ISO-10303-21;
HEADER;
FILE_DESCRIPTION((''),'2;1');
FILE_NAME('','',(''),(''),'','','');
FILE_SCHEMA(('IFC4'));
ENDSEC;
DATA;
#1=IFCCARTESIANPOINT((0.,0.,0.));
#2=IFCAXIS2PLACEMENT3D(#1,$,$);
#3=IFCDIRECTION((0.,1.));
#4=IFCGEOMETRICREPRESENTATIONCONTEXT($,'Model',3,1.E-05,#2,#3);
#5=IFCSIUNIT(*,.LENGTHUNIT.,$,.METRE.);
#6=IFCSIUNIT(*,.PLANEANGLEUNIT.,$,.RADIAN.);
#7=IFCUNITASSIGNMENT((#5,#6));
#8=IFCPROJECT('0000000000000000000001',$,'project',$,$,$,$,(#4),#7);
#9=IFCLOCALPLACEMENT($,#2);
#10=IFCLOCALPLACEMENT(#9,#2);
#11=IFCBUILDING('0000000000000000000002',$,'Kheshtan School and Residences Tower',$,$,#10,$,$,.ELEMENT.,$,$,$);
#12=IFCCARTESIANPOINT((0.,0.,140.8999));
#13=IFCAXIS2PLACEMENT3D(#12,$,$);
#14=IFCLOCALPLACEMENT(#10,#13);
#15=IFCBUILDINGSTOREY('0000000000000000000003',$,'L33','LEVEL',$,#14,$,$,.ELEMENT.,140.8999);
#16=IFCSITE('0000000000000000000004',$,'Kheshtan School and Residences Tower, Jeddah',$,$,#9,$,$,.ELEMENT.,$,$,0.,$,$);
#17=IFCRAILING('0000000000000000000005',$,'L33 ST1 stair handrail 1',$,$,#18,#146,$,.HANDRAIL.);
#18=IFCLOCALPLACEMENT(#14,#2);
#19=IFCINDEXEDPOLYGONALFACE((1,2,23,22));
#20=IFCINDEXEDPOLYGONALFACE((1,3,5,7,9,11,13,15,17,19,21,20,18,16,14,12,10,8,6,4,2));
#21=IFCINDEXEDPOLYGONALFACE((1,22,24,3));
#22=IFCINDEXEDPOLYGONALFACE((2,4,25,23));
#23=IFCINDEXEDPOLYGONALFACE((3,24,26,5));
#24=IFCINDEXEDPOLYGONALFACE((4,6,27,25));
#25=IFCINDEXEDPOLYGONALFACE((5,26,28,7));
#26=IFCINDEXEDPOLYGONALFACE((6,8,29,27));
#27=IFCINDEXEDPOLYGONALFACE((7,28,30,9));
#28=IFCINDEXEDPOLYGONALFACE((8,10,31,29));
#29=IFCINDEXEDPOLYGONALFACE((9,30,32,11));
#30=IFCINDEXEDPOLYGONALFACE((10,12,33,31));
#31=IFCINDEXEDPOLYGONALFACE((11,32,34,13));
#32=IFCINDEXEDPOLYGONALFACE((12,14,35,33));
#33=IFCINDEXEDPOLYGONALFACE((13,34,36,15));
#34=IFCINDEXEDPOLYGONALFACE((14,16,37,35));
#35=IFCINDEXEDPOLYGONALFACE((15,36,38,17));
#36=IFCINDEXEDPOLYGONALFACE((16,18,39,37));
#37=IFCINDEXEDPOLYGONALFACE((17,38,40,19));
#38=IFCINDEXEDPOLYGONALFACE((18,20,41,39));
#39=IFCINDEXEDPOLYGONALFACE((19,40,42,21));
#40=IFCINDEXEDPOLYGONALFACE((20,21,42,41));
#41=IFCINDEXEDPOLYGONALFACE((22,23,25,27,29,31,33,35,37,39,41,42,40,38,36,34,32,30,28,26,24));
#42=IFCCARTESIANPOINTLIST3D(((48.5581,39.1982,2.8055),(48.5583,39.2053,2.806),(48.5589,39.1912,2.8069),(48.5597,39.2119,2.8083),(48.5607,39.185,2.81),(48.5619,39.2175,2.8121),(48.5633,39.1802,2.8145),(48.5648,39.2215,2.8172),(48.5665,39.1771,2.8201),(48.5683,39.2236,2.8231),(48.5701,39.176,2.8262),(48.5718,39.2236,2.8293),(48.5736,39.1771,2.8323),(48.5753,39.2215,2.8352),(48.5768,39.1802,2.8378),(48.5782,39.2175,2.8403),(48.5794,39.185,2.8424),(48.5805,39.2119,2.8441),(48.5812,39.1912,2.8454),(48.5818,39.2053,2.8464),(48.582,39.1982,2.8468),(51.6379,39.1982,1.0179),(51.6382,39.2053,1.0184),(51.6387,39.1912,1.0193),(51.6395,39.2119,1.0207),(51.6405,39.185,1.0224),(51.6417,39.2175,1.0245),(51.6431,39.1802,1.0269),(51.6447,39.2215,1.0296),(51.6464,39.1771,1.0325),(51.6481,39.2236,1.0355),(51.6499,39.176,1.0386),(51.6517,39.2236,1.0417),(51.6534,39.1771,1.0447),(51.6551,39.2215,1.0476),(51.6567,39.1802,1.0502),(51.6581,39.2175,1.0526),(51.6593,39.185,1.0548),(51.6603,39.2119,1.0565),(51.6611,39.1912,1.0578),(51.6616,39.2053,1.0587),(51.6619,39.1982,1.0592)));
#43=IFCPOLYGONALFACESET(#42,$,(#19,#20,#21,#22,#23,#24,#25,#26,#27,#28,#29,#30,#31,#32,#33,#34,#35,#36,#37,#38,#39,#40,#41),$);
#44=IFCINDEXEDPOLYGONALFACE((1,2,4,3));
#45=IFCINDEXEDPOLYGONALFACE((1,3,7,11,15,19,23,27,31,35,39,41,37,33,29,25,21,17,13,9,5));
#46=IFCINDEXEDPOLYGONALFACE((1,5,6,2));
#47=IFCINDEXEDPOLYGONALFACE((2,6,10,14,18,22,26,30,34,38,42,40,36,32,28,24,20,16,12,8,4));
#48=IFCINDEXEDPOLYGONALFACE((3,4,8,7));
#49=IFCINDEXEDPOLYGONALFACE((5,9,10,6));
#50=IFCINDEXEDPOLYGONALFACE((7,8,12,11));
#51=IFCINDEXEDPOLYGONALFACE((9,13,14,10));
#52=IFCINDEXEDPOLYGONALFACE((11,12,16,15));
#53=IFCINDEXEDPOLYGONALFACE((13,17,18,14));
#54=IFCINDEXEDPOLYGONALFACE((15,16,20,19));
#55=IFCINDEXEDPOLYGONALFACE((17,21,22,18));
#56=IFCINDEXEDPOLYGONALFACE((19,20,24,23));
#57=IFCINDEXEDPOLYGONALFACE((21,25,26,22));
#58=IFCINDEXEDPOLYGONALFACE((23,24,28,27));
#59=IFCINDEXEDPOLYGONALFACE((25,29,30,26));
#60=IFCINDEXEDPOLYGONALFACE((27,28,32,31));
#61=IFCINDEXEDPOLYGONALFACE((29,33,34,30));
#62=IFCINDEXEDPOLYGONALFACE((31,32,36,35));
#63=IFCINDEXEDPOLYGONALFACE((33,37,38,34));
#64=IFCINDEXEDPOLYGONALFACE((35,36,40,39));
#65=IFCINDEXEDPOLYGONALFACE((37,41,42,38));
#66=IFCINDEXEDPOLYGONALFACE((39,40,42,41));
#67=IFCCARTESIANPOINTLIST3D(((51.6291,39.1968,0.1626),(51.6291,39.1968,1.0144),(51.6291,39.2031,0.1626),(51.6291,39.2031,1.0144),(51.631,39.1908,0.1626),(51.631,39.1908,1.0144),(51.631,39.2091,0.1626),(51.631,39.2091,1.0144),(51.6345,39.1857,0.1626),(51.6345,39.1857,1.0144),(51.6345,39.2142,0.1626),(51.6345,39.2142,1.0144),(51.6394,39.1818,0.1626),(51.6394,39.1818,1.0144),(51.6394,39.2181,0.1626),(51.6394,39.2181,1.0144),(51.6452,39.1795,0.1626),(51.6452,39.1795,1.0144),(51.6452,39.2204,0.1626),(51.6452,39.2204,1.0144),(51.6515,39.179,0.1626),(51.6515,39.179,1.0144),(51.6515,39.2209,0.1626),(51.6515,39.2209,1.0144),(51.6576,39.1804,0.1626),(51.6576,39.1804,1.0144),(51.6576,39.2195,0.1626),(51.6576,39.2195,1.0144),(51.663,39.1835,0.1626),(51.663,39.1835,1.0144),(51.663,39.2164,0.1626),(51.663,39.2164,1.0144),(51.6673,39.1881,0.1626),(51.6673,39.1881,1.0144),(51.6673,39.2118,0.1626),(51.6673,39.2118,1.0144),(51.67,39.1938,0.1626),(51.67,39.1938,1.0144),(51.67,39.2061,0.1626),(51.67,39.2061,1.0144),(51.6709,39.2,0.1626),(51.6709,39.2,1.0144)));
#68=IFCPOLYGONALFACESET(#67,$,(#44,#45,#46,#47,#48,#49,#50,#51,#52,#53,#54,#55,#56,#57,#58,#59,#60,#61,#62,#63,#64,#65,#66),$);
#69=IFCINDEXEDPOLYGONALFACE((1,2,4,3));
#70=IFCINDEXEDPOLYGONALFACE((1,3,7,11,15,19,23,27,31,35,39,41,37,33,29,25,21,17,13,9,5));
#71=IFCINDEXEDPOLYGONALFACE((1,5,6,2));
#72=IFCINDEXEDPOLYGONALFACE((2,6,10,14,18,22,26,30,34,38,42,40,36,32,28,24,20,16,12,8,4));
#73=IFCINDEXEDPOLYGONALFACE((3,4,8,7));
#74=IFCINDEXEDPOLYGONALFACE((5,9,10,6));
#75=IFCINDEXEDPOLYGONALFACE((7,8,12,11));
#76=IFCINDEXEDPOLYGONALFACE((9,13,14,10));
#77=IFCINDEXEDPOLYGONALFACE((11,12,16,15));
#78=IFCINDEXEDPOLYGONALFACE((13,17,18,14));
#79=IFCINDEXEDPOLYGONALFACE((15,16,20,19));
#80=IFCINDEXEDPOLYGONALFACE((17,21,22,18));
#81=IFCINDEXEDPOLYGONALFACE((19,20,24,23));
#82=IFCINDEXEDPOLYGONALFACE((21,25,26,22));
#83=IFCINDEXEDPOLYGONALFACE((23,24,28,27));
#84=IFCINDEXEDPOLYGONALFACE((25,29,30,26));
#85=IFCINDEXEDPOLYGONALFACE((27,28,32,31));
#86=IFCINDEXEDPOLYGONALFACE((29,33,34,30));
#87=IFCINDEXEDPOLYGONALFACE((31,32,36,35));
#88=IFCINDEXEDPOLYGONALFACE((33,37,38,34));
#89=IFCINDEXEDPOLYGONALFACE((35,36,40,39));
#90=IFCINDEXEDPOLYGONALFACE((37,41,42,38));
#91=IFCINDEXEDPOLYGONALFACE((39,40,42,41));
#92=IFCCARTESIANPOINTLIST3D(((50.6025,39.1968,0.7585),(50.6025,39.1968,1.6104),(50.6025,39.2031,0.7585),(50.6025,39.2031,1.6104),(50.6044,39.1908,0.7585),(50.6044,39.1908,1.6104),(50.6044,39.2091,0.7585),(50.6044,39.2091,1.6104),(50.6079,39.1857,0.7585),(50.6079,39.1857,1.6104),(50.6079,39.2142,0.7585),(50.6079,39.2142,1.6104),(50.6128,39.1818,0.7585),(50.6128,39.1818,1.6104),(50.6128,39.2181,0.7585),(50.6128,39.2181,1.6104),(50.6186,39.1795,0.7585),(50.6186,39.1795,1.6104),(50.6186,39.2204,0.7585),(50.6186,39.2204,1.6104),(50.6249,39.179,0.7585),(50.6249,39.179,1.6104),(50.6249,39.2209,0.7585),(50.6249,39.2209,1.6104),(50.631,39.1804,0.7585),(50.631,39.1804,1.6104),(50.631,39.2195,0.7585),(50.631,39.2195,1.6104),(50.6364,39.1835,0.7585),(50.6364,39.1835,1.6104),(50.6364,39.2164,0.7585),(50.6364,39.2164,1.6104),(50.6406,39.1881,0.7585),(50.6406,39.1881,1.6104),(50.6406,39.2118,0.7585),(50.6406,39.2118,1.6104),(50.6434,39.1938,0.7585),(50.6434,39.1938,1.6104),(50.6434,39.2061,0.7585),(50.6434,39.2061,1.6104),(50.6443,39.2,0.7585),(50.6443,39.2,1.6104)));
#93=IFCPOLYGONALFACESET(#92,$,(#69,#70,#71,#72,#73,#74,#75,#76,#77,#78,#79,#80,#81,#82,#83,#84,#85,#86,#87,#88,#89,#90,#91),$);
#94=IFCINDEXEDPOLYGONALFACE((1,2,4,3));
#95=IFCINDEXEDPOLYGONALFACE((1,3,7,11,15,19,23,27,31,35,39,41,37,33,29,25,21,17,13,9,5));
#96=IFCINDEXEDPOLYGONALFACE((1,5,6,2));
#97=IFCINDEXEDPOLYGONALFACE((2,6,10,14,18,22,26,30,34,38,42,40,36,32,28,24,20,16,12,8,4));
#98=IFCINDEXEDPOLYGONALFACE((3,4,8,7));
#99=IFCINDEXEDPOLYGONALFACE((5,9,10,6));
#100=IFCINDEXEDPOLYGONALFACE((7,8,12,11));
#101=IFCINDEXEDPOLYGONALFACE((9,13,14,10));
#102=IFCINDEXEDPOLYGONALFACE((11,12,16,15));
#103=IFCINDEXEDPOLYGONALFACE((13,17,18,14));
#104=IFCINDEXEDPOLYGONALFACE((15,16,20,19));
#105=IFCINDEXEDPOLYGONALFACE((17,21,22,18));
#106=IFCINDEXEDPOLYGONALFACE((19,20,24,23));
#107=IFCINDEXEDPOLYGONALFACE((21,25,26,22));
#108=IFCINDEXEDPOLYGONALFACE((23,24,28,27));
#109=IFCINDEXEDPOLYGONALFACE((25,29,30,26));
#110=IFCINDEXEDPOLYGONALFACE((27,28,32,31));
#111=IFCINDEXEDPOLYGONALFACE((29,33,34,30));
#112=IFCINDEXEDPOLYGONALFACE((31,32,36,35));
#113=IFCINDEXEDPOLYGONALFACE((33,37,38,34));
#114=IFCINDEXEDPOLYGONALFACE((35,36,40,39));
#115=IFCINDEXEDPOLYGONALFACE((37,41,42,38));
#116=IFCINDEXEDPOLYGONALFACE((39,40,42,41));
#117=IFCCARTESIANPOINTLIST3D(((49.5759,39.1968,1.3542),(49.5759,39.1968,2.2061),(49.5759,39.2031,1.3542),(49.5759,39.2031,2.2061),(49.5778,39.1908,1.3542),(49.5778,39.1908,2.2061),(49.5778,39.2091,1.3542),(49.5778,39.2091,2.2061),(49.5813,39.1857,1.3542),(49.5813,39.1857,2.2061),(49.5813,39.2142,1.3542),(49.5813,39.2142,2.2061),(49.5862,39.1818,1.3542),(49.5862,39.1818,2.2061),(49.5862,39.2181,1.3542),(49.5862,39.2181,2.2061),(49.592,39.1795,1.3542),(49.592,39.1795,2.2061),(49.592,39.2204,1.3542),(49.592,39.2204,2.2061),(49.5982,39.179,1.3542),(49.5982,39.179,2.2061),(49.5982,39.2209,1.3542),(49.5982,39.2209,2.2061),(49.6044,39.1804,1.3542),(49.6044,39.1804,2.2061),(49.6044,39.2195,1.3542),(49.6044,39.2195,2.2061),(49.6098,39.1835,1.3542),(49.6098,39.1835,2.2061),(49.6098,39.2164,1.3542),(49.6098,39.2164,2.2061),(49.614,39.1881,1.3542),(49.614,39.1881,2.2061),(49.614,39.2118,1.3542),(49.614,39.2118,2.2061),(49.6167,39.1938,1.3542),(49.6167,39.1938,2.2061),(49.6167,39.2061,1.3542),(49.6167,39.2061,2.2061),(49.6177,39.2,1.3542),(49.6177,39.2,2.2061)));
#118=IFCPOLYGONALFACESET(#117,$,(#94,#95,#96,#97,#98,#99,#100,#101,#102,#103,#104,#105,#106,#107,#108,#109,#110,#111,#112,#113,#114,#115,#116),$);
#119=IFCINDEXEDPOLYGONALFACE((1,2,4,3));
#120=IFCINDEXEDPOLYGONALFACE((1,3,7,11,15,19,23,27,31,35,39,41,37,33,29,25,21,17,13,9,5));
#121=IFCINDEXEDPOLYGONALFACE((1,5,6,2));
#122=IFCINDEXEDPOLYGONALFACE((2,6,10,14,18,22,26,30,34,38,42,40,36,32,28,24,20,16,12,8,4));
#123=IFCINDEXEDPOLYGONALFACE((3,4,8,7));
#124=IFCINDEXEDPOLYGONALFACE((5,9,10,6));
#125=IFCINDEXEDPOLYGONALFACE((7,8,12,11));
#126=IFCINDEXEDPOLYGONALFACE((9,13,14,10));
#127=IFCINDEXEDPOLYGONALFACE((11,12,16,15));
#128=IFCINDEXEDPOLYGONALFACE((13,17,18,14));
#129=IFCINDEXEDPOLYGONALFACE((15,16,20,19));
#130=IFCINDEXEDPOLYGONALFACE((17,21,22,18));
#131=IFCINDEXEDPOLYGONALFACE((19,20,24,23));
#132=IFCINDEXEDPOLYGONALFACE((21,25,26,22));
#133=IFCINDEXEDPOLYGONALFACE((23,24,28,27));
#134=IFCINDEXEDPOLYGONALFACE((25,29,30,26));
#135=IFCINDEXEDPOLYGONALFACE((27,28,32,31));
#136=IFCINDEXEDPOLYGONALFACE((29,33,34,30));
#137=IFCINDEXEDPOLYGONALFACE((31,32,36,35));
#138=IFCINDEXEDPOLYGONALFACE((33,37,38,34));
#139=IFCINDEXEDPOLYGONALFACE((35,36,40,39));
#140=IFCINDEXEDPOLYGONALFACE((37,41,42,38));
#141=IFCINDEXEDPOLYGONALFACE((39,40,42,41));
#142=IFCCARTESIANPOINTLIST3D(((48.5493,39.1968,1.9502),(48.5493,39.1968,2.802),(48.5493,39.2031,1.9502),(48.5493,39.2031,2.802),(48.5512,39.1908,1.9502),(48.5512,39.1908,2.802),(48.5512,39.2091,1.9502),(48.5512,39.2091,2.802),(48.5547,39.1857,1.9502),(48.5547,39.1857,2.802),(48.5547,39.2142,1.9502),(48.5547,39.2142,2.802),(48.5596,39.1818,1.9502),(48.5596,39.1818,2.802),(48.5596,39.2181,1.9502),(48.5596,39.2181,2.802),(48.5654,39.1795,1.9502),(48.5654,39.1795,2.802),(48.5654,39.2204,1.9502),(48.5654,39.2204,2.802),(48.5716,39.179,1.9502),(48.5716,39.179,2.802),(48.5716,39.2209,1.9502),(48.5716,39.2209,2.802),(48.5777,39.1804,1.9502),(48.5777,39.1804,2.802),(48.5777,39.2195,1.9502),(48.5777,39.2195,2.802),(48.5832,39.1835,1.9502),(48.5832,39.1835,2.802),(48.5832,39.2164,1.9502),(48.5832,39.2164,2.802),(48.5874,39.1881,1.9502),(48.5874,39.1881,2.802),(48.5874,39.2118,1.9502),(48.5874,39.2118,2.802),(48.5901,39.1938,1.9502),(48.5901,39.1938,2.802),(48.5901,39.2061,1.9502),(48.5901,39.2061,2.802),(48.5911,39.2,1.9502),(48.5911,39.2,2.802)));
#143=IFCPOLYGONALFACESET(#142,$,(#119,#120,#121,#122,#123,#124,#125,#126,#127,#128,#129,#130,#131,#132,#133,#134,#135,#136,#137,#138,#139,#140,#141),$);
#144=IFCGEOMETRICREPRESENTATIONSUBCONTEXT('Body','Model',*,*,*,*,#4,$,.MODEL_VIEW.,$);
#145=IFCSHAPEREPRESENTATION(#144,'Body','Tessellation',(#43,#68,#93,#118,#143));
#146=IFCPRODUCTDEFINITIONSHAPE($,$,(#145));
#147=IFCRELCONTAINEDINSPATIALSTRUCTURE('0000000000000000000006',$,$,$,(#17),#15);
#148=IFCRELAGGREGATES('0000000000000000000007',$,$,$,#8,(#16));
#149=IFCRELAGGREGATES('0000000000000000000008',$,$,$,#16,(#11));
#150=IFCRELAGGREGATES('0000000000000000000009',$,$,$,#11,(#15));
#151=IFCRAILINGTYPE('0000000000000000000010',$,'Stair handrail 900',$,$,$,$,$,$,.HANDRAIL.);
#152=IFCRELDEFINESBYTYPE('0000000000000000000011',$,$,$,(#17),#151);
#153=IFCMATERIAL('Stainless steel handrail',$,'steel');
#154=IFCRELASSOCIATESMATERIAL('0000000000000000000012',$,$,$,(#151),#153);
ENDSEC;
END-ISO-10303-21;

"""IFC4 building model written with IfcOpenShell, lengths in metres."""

from ifc_helpers import new_model, si_unit, direction, frame, origin, origin_2d, place, context, subcontext, project, spatial, circle, extrude, material, type_object, element, save


model = new_model("IFC4")

# Units and contexts
model_context = context("Model", 3, precision=1e-05, world=origin(), true_north=direction((0.0, 1.0)))
body_context = subcontext(model_context, "Body", "Model", "MODEL_VIEW")
ifc_project = project(units=[si_unit("LENGTHUNIT", "METRE"), si_unit("PLANEANGLEUNIT", "RADIAN")], contexts=[model_context])

# Site, building, storey
site_placement = place(None, origin())
site = spatial("IfcSite", under=ifc_project, at=site_placement, Name="Kheshtan School and Residences Tower, Jeddah", CompositionType="ELEMENT", RefElevation=0.0)
building_placement = place(site_placement, origin())
building = spatial("IfcBuilding", under=site, at=building_placement, Name="Kheshtan School and Residences Tower", CompositionType="ELEMENT")
storey_placement = place(building_placement, frame((0.0, 0.0, 140.8999)))
storey = spatial("IfcBuildingStorey", under=building, at=storey_placement, Name="L33", Description="LEVEL", CompositionType="ELEMENT", Elevation=140.8999)

# Railing
ifc_material_1 = material(Name="Stainless steel handrail", Category="steel")
railing_type_1 = type_object("IfcRailingType", Name="Stair handrail 900", PredefinedType="HANDRAIL", material=ifc_material_1)
railing_1_placement = place(storey_placement, frame((51.6499, 39.2, 0.1626)))
element("IfcRailing", 1, at=railing_1_placement, inside=storey, type_object=railing_type_1, Name="L33 ST1 stair handrail 1", PredefinedType="HANDRAIL", context=body_context, shape_type="SweptSolid", body=[
    extrude(circle(Radius=0.0239, at=origin_2d()), frame((0.0, 0.0, 0.876), z_axis=(-0.864873, 0.0, 0.50199), x_axis=(0.0, -1.0, 0.0)), (0.0, 0.0, 1.0), 3.561),
    extrude(circle(Radius=0.021, at=origin_2d()), origin(), (0.0, 0.0, 1.0), 0.8518),
    extrude(circle(Radius=0.021, at=origin_2d()), frame((-1.0266, 0.0, 0.5959)), (0.0, 0.0, 1.0), 0.8518),
    extrude(circle(Radius=0.021, at=origin_2d()), frame((-2.0532, 0.0, 1.1917)), (0.0, 0.0, 1.0), 0.8518),
    extrude(circle(Radius=0.021, at=origin_2d()), frame((-3.0798, 0.0, 1.7876)), (0.0, 0.0, 1.0), 0.8518),
])

save(model, "model.ifc")
